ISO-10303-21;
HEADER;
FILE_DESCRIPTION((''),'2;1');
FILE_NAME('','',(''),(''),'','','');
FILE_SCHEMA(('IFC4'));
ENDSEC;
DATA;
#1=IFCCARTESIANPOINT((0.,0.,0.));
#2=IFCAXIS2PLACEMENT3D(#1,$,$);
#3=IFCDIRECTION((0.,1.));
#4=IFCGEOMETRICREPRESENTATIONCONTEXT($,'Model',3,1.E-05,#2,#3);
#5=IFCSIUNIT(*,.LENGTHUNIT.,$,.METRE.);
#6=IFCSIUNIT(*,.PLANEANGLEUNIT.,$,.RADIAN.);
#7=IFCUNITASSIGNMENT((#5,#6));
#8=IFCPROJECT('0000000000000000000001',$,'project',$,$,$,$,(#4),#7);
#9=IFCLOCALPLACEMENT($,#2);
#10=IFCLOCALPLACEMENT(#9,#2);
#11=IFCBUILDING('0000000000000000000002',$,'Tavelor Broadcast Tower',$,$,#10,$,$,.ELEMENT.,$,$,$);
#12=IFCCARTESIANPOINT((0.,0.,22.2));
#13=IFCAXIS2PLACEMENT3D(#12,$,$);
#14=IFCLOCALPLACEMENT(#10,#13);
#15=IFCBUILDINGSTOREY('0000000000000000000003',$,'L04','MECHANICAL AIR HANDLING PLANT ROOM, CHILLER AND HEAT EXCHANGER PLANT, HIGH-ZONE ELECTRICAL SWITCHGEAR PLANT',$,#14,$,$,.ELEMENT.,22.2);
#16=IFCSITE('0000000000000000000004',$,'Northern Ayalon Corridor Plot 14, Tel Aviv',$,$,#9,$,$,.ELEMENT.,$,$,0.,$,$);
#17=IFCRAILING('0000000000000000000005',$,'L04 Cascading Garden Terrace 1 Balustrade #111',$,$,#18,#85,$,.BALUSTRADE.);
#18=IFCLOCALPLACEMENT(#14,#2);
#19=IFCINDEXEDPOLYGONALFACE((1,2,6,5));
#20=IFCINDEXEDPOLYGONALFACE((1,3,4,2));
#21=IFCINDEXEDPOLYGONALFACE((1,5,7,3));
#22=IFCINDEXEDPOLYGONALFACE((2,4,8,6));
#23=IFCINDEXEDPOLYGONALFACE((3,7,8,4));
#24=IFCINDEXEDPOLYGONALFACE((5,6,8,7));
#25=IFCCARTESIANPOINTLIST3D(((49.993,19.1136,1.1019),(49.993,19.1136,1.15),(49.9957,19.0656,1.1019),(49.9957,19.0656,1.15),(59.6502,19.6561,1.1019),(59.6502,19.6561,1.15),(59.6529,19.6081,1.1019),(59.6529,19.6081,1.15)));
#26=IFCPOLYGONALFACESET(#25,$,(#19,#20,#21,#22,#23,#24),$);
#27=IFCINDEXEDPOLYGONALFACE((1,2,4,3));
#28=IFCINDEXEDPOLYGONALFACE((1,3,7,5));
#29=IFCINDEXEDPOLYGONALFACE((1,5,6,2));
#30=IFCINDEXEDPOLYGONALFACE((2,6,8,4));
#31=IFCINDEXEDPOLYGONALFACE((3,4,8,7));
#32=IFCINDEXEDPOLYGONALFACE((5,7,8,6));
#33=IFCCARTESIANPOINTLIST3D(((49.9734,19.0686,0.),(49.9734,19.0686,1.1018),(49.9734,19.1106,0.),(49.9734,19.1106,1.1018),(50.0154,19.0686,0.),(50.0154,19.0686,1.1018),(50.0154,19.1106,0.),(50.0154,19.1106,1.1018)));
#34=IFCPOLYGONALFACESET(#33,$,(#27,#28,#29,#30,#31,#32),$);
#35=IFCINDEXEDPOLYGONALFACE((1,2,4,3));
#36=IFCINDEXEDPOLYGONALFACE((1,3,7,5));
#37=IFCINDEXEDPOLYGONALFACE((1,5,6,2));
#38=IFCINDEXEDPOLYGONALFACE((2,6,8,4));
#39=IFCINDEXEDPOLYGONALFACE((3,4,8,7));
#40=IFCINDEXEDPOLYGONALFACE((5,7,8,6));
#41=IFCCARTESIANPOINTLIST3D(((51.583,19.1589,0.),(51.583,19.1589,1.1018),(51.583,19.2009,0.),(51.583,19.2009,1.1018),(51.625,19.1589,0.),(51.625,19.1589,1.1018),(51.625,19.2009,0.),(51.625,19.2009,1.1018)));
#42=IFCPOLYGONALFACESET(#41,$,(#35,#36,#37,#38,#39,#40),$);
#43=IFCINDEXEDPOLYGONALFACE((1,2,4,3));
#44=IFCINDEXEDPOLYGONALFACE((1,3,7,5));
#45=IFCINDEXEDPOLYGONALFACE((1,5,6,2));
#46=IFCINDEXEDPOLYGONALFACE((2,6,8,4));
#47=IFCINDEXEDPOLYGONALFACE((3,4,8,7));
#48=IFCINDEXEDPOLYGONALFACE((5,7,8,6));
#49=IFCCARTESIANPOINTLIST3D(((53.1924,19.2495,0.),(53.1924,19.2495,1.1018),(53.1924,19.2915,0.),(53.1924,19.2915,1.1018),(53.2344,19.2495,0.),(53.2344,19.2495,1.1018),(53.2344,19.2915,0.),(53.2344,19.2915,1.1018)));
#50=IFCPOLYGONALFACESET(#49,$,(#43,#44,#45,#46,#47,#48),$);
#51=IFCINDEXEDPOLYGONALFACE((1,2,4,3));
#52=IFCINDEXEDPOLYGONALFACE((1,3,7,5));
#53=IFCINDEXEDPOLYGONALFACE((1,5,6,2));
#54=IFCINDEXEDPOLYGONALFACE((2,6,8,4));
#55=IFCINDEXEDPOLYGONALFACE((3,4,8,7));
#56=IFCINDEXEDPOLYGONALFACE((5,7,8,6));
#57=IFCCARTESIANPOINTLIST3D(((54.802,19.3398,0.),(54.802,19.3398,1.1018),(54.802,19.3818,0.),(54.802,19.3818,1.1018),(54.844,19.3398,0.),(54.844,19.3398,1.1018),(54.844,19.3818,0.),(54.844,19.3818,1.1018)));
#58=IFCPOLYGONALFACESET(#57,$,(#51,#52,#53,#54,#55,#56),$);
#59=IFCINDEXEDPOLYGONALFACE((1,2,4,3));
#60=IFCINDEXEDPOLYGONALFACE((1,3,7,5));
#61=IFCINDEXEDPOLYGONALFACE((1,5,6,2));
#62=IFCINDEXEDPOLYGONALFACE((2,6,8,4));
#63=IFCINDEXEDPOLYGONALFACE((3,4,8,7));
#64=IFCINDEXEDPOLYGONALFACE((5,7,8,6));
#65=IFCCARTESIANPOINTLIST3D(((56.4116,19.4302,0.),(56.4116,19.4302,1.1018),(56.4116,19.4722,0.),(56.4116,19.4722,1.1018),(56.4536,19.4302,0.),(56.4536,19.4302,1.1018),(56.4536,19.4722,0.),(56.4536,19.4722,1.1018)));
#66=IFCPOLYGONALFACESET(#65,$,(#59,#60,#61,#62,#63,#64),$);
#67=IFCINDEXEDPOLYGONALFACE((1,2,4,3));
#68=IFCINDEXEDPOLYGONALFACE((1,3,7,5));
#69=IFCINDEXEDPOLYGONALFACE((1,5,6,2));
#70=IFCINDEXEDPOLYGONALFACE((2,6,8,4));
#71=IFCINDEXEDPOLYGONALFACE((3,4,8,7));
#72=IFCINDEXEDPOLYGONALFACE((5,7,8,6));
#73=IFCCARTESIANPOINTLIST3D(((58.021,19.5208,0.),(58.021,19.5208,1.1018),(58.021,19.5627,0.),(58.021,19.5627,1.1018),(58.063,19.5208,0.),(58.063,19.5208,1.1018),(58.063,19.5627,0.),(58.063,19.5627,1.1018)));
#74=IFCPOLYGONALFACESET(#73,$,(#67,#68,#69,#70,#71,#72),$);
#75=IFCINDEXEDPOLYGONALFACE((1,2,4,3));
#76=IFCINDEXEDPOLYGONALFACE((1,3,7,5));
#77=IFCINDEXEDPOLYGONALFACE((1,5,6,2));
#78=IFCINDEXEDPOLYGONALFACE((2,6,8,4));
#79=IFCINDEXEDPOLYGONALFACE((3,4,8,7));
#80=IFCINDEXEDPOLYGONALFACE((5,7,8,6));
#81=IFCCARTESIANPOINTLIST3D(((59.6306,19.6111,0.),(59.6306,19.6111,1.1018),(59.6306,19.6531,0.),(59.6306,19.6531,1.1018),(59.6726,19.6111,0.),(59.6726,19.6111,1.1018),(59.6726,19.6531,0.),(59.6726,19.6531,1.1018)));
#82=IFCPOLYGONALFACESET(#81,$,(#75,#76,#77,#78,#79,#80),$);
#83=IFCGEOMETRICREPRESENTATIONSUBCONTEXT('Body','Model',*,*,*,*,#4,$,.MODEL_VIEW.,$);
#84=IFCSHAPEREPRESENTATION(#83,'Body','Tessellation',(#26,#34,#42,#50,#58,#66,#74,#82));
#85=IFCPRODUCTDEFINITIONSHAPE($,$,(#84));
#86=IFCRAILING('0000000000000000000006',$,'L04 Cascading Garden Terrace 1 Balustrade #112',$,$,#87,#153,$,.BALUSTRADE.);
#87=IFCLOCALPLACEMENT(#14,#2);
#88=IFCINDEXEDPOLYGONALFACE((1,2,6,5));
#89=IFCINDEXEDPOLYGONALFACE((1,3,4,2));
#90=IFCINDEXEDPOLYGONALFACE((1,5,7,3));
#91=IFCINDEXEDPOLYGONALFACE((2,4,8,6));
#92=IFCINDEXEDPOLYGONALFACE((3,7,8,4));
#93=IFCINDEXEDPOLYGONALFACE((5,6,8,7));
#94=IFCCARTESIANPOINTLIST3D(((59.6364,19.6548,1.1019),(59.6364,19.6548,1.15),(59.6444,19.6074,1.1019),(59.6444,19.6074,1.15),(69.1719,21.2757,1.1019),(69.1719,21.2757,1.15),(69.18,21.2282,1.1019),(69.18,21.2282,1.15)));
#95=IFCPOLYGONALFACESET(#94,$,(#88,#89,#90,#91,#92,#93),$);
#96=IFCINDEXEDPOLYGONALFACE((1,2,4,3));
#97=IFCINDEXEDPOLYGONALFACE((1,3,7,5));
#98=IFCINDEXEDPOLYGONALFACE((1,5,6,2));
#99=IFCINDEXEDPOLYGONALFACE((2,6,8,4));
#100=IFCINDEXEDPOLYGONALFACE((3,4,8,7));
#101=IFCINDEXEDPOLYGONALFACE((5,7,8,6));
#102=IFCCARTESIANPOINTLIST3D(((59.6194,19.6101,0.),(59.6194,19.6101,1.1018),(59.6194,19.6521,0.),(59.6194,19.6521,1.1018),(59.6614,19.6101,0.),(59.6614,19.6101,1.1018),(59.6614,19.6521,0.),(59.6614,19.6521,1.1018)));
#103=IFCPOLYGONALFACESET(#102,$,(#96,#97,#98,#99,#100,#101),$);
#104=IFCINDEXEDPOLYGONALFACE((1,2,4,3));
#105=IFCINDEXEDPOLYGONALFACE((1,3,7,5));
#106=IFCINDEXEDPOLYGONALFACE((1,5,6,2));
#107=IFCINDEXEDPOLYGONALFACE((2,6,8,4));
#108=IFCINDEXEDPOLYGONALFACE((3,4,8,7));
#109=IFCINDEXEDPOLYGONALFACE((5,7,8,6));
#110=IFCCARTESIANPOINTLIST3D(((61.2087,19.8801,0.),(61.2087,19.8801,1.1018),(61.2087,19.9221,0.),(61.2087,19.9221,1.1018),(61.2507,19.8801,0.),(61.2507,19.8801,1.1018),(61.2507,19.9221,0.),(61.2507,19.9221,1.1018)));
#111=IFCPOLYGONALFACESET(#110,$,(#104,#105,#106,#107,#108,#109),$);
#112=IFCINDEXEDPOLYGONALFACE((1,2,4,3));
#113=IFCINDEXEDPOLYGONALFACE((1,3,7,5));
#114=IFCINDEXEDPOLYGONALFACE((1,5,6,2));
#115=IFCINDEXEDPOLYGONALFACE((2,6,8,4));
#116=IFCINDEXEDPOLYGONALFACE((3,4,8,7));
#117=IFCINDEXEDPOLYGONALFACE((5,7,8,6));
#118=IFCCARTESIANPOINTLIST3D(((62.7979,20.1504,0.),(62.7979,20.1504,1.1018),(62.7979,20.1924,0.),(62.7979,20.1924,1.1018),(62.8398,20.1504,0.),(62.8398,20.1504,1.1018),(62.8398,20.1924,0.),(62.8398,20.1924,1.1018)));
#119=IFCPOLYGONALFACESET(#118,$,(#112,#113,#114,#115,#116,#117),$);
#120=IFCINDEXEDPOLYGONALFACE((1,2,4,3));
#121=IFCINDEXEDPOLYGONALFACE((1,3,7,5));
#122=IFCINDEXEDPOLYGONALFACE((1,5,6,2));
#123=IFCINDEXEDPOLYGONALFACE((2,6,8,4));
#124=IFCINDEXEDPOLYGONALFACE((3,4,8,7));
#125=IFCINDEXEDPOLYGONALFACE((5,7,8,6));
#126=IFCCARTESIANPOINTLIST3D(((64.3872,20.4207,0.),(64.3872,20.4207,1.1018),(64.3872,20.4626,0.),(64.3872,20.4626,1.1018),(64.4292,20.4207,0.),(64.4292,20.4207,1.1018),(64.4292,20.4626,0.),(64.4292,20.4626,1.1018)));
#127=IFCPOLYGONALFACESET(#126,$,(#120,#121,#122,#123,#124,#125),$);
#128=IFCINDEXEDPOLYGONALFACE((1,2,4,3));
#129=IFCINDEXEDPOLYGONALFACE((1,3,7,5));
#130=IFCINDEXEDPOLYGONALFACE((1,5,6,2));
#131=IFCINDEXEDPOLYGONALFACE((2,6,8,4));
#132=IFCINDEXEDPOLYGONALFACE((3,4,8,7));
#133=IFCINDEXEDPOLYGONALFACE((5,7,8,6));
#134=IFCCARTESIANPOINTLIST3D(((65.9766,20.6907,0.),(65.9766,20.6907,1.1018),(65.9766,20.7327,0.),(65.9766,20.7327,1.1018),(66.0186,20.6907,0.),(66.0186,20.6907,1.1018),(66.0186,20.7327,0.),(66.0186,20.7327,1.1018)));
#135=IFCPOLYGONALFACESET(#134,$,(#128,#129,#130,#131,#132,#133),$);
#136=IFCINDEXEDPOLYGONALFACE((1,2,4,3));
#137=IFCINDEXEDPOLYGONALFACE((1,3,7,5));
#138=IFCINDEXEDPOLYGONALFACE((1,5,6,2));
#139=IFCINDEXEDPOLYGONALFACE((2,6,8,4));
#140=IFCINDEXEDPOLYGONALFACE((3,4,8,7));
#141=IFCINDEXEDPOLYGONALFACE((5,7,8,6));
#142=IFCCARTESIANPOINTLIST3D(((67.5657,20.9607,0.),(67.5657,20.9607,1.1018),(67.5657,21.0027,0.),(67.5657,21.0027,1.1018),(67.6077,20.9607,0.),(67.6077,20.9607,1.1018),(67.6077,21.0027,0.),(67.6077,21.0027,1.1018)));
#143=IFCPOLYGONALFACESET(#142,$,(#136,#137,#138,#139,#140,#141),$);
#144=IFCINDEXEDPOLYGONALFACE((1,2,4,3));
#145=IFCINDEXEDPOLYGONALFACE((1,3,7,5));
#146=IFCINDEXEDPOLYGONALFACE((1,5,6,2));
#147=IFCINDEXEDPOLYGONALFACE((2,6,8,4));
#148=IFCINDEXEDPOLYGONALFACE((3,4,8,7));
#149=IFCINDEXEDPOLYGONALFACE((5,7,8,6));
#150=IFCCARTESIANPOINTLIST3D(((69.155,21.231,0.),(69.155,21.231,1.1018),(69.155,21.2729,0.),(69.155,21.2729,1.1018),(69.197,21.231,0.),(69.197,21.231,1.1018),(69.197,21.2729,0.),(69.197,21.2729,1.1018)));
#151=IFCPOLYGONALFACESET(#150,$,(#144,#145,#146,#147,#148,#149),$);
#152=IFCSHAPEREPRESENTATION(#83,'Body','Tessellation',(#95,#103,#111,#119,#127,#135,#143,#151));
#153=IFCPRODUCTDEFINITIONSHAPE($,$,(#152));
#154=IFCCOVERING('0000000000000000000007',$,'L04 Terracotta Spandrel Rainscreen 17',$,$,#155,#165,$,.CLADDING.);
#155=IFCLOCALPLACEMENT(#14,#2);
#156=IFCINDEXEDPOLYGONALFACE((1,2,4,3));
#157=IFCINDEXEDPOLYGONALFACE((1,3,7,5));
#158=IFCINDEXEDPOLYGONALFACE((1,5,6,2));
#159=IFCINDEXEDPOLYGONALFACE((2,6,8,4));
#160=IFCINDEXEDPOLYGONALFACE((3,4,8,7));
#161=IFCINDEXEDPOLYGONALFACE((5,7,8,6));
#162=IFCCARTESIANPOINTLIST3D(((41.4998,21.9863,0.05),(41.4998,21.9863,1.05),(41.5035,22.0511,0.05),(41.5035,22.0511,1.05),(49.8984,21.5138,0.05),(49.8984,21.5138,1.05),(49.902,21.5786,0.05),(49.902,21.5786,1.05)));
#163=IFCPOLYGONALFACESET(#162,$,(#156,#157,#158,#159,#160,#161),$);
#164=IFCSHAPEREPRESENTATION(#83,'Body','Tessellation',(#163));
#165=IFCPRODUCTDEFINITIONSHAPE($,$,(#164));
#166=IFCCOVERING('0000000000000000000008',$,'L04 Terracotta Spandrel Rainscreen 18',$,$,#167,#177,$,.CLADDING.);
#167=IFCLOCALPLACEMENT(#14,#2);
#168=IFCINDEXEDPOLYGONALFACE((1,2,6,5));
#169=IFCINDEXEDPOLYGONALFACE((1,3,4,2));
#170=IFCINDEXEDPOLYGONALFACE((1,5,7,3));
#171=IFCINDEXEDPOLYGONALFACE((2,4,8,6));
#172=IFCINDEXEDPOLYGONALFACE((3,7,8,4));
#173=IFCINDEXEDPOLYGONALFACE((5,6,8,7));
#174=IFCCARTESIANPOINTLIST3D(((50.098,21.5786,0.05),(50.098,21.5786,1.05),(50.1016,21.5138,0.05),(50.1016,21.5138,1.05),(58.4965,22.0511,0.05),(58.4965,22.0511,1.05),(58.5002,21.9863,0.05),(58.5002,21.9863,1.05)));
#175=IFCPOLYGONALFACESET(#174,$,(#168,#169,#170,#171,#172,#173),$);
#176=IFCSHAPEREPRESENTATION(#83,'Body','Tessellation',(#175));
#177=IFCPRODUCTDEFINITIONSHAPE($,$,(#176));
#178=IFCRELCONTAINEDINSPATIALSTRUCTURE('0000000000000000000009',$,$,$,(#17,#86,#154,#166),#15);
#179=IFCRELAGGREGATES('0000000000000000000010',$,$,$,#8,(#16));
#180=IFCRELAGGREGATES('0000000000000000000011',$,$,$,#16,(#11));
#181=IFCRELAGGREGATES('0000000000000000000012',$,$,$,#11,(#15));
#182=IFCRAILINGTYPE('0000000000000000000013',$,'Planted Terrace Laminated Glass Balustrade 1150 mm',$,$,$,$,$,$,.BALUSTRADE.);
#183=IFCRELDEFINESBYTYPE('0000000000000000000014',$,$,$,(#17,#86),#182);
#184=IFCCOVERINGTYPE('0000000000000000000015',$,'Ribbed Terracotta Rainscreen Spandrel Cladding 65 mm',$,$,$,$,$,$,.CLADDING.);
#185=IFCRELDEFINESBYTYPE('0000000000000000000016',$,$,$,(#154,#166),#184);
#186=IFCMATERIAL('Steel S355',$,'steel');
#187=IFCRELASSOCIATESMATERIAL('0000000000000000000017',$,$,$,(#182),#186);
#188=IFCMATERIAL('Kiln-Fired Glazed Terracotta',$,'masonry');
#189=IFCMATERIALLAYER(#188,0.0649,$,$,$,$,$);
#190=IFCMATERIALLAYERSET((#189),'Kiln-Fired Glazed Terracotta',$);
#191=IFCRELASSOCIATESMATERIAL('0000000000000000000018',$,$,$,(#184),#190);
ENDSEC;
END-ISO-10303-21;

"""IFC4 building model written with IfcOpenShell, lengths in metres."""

from ifc_helpers import new_model, si_unit, direction, frame, origin, origin_2d, place, context, subcontext, project, spatial, rectangle, extrude, material, layer, layer_set, type_object, element, save


model = new_model("IFC4")

# Units and contexts
model_context = context("Model", 3, precision=1e-05, world=origin(), true_north=direction((0.0, 1.0)))
body_context = subcontext(model_context, "Body", "Model", "MODEL_VIEW")
ifc_project = project(units=[si_unit("LENGTHUNIT", "METRE"), si_unit("PLANEANGLEUNIT", "RADIAN")], contexts=[model_context])

# Site, building, storey
site_placement = place(None, origin())
site = spatial("IfcSite", under=ifc_project, at=site_placement, Name="Northern Ayalon Corridor Plot 14, Tel Aviv", CompositionType="ELEMENT", RefElevation=0.0)
building_placement = place(site_placement, origin())
building = spatial("IfcBuilding", under=site, at=building_placement, Name="Tavelor Broadcast Tower", CompositionType="ELEMENT")
storey_placement = place(building_placement, frame((0.0, 0.0, 22.2)))
storey = spatial("IfcBuildingStorey", under=building, at=storey_placement, Name="L04", Description="MECHANICAL AIR HANDLING PLANT ROOM, CHILLER AND HEAT EXCHANGER PLANT, HIGH-ZONE ELECTRICAL SWITCHGEAR PLANT", CompositionType="ELEMENT", Elevation=22.2)

# Shared definitions
ifc_material_1 = material(Name="Steel S355", Category="steel")

# Railings
railing_type_1 = type_object("IfcRailingType", Name="Planted Terrace Laminated Glass Balustrade 1150 mm", PredefinedType="BALUSTRADE", material=ifc_material_1)
railing_1_placement = place(storey_placement, frame((49.9944, 19.0896, 0.0)))
element("IfcRailing", 1, at=railing_1_placement, inside=storey, type_object=railing_type_1, Name="L04 Cascading Garden Terrace 1 Balustrade #111", PredefinedType="BALUSTRADE", context=body_context, shape_type="SweptSolid", body=[
    extrude(rectangle(XDim=0.0481, YDim=0.0481, at=origin_2d()), frame((0.0, 0.0, 1.126), z_axis=(0.998426, 0.056085, 0.0), x_axis=(-0.056085, 0.998426, 0.0)), (0.0, 0.0, 1.0), 9.6724),
    extrude(rectangle(XDim=0.042, YDim=0.042, at=origin_2d()), origin(), (0.0, 0.0, 1.0), 1.1018),
    extrude(rectangle(XDim=0.042, YDim=0.042, at=origin_2d()), frame((1.6096, 0.0903, 0.0)), (0.0, 0.0, 1.0), 1.1018),
    extrude(rectangle(XDim=0.042, YDim=0.042, at=origin_2d()), frame((3.219, 0.1809, 0.0)), (0.0, 0.0, 1.0), 1.1018),
    extrude(rectangle(XDim=0.042, YDim=0.042, at=origin_2d()), frame((4.8286, 0.2712, 0.0)), (0.0, 0.0, 1.0), 1.1018),
    extrude(rectangle(XDim=0.042, YDim=0.042, at=origin_2d()), frame((6.4382, 0.3616, 0.0)), (0.0, 0.0, 1.0), 1.1018),
    extrude(rectangle(XDim=0.042, YDim=0.042, at=origin_2d()), frame((8.0476, 0.4521, 0.0)), (0.0, 0.0, 1.0), 1.1018),
    extrude(rectangle(XDim=0.042, YDim=0.042, at=origin_2d()), frame((9.6572, 0.5425, 0.0)), (0.0, 0.0, 1.0), 1.1018),
])
railing_2_placement = place(storey_placement, frame((59.6404, 19.6311, 0.0)))
element("IfcRailing", 2, at=railing_2_placement, inside=storey, type_object=railing_type_1, Name="L04 Cascading Garden Terrace 1 Balustrade #112", PredefinedType="BALUSTRADE", context=body_context, shape_type="SweptSolid", body=[
    extrude(rectangle(XDim=0.0481, YDim=0.0481, at=origin_2d()), frame((0.0, 0.0, 1.126), z_axis=(0.985859, 0.167574, 0.0), x_axis=(-0.167574, 0.985859, 0.0)), (0.0, 0.0, 1.0), 9.6724),
    extrude(rectangle(XDim=0.042, YDim=0.042, at=origin_2d()), origin(), (0.0, 0.0, 1.0), 1.1018),
    extrude(rectangle(XDim=0.042, YDim=0.042, at=origin_2d()), frame((1.5894, 0.27, 0.0)), (0.0, 0.0, 1.0), 1.1018),
    extrude(rectangle(XDim=0.042, YDim=0.042, at=origin_2d()), frame((3.1785, 0.5403, 0.0)), (0.0, 0.0, 1.0), 1.1018),
    extrude(rectangle(XDim=0.042, YDim=0.042, at=origin_2d()), frame((4.7678, 0.8105, 0.0)), (0.0, 0.0, 1.0), 1.1018),
    extrude(rectangle(XDim=0.042, YDim=0.042, at=origin_2d()), frame((6.3572, 1.0806, 0.0)), (0.0, 0.0, 1.0), 1.1018),
    extrude(rectangle(XDim=0.042, YDim=0.042, at=origin_2d()), frame((7.9463, 1.3506, 0.0)), (0.0, 0.0, 1.0), 1.1018),
    extrude(rectangle(XDim=0.042, YDim=0.042, at=origin_2d()), frame((9.5356, 1.6208, 0.0)), (0.0, 0.0, 1.0), 1.1018),
])

# Coverings
ifc_material_2 = material(Name="Kiln-Fired Glazed Terracotta", Category="masonry")
ifc_layer_1 = layer(ifc_material_2, 0.0649)
ifc_layer_set_1 = layer_set([ifc_layer_1], Name="Kiln-Fired Glazed Terracotta")
covering_type = type_object("IfcCoveringType", Name="Ribbed Terracotta Rainscreen Spandrel Cladding 65 mm", PredefinedType="CLADDING", material=ifc_layer_set_1)
for number, where, z_axis, x_axis, name in (
    (3, (45.7009, 21.7825, 0.05), (0.0, 0.0, 1.0), (0.998421, -0.05617, 0.0), "L04 Terracotta Spandrel Rainscreen 17"),
    (4, (54.2991, 21.7825, 0.05), (0.0, 0.0, 1.0), (0.998421, 0.05617, 0.0), "L04 Terracotta Spandrel Rainscreen 18"),
):
    element("IfcCovering", number, at=place(storey_placement, frame(where, z_axis=z_axis, x_axis=x_axis)), inside=storey, type_object=covering_type, Name=name, PredefinedType="CLADDING", context=body_context, shape_type="SweptSolid", body=[
        extrude(rectangle(XDim=8.4119, YDim=0.0649, at=origin_2d()), origin(), (0.0, 0.0, 1.0), 1.0),
    ])

save(model, "model.ifc")
